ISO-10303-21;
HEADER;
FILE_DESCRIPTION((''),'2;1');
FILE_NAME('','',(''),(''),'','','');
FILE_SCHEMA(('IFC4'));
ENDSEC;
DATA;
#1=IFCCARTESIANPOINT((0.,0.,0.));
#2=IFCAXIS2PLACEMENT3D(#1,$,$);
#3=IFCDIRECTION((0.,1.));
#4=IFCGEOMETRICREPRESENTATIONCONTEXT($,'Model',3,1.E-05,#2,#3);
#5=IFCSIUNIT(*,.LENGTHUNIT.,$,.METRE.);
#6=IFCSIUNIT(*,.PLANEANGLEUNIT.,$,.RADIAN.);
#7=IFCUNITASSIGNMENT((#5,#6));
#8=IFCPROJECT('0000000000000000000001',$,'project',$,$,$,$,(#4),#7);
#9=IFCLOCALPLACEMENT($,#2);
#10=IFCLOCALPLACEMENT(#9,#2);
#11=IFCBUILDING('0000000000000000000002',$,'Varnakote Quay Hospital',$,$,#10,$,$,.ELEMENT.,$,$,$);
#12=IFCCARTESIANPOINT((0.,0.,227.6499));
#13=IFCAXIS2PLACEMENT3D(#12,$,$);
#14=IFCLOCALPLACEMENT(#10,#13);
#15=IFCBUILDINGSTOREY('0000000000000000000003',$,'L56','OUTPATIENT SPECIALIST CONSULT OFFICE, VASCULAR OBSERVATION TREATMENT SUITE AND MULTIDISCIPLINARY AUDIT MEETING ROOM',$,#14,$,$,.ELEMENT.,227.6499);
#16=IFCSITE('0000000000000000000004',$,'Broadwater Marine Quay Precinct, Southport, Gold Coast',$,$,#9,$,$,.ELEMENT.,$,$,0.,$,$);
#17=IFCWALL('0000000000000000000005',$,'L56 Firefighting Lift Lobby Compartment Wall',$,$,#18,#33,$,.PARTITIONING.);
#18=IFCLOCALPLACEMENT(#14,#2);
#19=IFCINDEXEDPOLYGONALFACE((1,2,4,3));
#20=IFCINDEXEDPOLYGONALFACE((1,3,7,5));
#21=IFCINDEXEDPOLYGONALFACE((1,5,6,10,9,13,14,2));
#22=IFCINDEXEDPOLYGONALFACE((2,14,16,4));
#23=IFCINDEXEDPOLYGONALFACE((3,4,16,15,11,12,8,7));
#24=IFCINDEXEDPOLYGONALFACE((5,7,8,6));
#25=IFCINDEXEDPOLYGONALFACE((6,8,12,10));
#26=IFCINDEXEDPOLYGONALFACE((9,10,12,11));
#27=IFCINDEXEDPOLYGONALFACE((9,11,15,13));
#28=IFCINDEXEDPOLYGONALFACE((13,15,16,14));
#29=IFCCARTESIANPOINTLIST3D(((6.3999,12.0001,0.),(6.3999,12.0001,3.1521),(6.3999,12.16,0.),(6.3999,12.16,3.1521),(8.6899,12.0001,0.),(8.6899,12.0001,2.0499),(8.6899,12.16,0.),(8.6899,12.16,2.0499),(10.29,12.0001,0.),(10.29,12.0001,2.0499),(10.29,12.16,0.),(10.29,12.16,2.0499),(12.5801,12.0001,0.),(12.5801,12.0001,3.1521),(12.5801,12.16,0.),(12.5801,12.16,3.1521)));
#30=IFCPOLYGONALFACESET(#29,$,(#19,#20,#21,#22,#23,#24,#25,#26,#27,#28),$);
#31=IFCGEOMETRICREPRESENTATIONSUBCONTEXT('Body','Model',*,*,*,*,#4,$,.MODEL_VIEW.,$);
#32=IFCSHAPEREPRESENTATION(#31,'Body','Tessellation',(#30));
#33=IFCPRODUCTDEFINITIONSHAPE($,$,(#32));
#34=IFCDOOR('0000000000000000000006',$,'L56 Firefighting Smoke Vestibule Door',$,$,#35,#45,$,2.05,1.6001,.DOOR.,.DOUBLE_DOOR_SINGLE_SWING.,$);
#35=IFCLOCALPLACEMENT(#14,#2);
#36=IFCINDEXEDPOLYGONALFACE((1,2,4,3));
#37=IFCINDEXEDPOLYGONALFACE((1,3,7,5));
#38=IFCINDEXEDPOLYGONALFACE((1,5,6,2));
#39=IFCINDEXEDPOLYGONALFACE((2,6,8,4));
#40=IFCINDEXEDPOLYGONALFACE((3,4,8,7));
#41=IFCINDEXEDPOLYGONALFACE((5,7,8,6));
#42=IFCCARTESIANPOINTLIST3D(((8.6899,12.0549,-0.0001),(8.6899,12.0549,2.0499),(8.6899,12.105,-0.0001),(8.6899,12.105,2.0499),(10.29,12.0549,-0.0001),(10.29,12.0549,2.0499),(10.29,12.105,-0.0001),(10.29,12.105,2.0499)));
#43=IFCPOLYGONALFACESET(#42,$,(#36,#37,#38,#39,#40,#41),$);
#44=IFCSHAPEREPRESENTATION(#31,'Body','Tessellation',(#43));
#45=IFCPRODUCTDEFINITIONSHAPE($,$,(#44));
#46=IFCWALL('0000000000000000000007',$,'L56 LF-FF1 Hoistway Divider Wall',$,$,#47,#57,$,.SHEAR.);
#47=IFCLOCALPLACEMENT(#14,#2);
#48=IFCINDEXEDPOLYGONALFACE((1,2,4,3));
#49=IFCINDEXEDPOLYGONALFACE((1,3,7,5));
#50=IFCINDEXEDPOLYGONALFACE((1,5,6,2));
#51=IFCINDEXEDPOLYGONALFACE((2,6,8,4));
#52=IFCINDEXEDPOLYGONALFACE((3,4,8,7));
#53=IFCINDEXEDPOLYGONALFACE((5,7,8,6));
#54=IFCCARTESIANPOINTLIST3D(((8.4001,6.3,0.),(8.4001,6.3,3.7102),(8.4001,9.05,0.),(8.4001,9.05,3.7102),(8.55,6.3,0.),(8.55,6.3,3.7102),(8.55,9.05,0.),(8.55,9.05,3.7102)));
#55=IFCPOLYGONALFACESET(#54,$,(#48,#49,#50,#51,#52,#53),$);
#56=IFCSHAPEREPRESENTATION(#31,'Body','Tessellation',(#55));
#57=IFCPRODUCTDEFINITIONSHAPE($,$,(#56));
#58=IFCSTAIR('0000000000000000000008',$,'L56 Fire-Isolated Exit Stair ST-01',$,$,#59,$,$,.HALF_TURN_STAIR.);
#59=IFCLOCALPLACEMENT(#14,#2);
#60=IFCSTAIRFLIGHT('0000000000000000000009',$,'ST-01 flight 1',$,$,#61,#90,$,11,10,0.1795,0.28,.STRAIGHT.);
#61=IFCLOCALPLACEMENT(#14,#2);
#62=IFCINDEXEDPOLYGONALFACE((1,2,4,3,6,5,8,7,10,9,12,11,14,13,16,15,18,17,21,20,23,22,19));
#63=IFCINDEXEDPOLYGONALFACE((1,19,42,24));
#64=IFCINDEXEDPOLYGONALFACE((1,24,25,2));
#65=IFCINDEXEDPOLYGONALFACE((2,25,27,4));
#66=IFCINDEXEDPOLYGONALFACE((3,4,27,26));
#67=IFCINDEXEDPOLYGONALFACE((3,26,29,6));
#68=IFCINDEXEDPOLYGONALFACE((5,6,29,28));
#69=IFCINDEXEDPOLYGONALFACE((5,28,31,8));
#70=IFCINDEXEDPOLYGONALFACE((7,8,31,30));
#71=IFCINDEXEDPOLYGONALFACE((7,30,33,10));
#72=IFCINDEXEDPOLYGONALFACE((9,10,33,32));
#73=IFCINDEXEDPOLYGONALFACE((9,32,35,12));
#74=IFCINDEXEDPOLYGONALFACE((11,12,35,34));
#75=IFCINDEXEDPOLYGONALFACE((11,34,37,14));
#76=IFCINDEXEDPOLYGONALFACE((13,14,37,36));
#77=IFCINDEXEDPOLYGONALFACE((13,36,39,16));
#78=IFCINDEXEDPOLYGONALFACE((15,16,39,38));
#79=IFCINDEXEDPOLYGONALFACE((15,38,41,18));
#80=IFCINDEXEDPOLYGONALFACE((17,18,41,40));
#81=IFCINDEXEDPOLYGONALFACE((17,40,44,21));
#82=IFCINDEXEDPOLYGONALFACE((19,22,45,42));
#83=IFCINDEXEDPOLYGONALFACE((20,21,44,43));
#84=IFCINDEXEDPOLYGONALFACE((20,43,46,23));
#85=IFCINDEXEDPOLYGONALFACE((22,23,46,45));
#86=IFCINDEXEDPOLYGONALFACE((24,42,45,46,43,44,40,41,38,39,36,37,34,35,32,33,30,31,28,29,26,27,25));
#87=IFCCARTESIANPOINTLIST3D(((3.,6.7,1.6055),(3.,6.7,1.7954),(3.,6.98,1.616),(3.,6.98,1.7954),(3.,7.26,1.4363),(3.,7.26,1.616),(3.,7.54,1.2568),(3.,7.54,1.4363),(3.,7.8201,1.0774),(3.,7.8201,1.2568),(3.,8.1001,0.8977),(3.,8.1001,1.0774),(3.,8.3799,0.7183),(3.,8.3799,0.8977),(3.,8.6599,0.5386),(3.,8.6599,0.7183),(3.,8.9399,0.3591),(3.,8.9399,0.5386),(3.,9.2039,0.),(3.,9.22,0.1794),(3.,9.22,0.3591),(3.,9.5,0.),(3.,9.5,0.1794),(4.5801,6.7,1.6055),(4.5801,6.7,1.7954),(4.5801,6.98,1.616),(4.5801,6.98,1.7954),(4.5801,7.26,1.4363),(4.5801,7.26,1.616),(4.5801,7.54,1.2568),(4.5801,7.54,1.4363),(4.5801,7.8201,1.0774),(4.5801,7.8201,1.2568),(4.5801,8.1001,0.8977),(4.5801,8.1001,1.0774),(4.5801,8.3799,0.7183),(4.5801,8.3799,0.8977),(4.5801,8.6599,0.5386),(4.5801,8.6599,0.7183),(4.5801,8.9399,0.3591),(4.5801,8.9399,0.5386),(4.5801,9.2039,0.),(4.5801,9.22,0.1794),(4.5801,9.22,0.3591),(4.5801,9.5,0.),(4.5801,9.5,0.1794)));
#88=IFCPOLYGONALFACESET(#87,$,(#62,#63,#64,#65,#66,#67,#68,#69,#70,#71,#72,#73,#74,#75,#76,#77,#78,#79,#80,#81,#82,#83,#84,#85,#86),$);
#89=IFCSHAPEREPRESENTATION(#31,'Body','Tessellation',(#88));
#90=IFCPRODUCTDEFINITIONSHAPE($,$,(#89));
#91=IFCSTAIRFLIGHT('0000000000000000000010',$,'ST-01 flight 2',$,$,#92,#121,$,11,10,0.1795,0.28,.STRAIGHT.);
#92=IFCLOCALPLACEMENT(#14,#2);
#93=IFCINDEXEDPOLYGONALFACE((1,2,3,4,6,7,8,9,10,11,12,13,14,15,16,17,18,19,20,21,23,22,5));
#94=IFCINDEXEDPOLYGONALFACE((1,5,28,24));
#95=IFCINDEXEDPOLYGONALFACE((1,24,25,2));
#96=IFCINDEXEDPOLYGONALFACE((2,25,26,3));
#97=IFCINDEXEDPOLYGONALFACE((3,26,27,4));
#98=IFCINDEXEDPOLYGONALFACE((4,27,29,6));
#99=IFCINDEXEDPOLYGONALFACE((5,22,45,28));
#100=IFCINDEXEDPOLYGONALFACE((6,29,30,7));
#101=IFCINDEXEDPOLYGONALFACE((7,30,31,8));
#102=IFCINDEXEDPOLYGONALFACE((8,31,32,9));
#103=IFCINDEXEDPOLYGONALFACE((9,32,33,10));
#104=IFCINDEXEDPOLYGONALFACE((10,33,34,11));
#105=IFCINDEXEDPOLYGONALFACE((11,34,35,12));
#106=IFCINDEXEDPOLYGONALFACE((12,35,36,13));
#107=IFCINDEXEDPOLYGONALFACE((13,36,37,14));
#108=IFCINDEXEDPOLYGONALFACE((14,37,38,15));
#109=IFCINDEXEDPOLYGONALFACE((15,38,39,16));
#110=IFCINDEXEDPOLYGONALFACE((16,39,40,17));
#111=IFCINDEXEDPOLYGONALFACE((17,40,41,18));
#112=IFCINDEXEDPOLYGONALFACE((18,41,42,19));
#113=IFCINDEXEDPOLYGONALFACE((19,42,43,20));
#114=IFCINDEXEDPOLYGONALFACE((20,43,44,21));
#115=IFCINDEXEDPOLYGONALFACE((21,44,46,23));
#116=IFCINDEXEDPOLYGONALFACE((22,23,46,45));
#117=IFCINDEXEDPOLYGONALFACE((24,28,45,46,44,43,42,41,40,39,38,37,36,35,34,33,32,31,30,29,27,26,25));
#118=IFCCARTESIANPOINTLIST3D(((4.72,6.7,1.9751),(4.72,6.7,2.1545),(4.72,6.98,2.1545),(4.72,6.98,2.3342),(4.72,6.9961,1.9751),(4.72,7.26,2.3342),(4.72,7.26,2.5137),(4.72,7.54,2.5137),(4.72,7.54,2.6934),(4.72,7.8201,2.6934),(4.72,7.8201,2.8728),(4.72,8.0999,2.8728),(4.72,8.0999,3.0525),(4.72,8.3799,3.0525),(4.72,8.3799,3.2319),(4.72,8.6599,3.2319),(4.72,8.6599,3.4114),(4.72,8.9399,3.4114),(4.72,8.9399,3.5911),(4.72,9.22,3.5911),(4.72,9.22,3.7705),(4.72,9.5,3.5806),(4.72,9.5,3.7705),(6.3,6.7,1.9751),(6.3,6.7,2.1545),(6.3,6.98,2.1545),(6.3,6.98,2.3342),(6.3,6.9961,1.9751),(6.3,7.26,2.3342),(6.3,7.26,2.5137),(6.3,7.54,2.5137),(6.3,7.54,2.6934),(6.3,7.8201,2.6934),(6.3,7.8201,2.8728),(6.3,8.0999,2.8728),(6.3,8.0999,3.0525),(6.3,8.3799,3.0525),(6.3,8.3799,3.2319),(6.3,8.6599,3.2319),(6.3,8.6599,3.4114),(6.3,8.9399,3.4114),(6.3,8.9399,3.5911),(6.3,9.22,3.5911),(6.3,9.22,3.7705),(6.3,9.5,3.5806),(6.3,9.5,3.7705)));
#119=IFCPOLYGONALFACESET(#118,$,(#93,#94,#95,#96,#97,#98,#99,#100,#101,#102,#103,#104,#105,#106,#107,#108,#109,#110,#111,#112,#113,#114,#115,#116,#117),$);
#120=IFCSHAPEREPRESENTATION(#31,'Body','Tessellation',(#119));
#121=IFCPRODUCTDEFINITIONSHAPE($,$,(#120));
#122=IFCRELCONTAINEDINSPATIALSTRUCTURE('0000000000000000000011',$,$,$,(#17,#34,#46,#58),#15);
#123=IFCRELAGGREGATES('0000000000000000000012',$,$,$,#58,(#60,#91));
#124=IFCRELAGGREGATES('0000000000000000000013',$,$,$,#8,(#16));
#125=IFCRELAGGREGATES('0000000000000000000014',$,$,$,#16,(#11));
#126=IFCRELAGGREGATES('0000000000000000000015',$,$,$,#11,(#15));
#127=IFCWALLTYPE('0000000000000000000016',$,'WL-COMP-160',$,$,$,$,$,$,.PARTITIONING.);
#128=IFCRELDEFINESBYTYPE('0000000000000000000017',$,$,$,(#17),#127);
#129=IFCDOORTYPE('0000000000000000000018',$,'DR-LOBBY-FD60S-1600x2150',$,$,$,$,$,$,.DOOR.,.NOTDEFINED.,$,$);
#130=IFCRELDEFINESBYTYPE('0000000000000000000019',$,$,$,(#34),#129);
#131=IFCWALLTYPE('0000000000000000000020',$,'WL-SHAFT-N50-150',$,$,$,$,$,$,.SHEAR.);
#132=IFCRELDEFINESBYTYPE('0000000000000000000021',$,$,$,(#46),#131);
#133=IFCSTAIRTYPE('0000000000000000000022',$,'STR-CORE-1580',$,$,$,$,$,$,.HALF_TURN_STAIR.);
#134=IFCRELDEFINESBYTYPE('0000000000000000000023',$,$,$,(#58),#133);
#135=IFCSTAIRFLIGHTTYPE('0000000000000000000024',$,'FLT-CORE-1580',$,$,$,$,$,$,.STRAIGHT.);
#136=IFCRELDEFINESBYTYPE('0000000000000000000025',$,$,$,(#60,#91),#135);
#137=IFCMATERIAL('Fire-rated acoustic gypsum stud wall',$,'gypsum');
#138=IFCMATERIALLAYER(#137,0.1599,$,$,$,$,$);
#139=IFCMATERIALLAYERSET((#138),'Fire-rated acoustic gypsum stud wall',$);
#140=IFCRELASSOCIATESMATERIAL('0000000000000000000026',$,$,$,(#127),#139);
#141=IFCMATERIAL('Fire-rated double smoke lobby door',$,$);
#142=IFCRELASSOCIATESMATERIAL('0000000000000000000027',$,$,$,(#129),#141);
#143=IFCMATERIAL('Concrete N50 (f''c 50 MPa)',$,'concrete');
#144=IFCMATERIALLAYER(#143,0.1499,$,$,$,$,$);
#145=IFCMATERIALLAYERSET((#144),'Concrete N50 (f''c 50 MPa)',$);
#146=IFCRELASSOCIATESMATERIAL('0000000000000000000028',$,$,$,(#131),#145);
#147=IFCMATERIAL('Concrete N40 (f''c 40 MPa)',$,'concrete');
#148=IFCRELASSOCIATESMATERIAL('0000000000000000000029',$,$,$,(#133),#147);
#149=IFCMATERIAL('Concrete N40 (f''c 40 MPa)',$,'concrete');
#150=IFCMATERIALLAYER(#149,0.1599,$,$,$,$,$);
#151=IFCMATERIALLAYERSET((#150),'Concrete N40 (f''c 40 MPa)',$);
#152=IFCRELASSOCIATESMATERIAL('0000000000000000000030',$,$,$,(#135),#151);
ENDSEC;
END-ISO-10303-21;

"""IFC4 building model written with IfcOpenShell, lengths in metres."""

from ifc_helpers import new_model, si_unit, direction, frame, frame_2d, origin, place, context, subcontext, project, spatial, polyline, rectangle, outline, extrude, material, layer, layer_set, type_object, element, fill, aggregate, save


model = new_model("IFC4")

# Units and contexts
model_context = context("Model", 3, precision=1e-05, world=origin(), true_north=direction((0.0, 1.0)))
body_context = subcontext(model_context, "Body", "Model", "MODEL_VIEW")
ifc_project = project(units=[si_unit("LENGTHUNIT", "METRE"), si_unit("PLANEANGLEUNIT", "RADIAN")], contexts=[model_context])

# Site, building, storey
site_placement = place(None, origin())
site = spatial("IfcSite", under=ifc_project, at=site_placement, Name="Broadwater Marine Quay Precinct, Southport, Gold Coast", CompositionType="ELEMENT", RefElevation=0.0)
building_placement = place(site_placement, origin())
building = spatial("IfcBuilding", under=site, at=building_placement, Name="Varnakote Quay Hospital", CompositionType="ELEMENT")
storey_placement = place(building_placement, frame((0.0, 0.0, 227.6499)))
storey = spatial("IfcBuildingStorey", under=building, at=storey_placement, Name="L56", Description="OUTPATIENT SPECIALIST CONSULT OFFICE, VASCULAR OBSERVATION TREATMENT SUITE AND MULTIDISCIPLINARY AUDIT MEETING ROOM", CompositionType="ELEMENT", Elevation=227.6499)

# Shared definitions
ifc_material_1 = material(Name="Fire-rated acoustic gypsum stud wall", Category="gypsum")
ifc_layer_1 = layer(ifc_material_1, 0.1599)
ifc_layer_set_1 = layer_set([ifc_layer_1], Name="Fire-rated acoustic gypsum stud wall")
wall_type_1 = type_object("IfcWallType", Name="WL-COMP-160", PredefinedType="PARTITIONING", material=ifc_layer_set_1)

# Shared definitions
ifc_material_2 = material(Name="Fire-rated double smoke lobby door")
door_type_1 = type_object("IfcDoorType", Name="DR-LOBBY-FD60S-1600x2150", OperationType="NOTDEFINED", PredefinedType="DOOR", material=ifc_material_2)

# Wall, opening, door
wall_1_placement = place(storey_placement, frame((6.3999, 12.0801, 0.0), z_axis=(0.0, 0.0, 1.0), x_axis=(1.0, 0.0, 0.0)))
wall_1 = element("IfcWall", 1, at=wall_1_placement, inside=storey, type_object=wall_type_1, Name="L56 Firefighting Lift Lobby Compartment Wall", PredefinedType="PARTITIONING", context=body_context, shape_type="SweptSolid", body=[
    extrude(rectangle(XDim=6.1802, YDim=0.1599, at=frame_2d((3.0901, 0.0))), origin(), (0.0, 0.0, 1.0), 3.1521),
])
opening_1_placement = place(wall_1_placement, frame((2.29, 0.0, 0.0)))
opening_1 = element("IfcOpeningElement", 2, at=opening_1_placement, cuts=wall_1, PredefinedType="OPENING", context=body_context, shape_type="SweptSolid", body=[
    extrude(rectangle(XDim=1.6001, YDim=2.05, at=frame_2d((0.8, 1.0249))), frame((0.0, 0.0898, 0.0), z_axis=(0.0, -1.0, 0.0), x_axis=(1.0, 0.0, 0.0)), (0.0, 0.0, 1.0), 0.1799),
])
door_1_placement = place(opening_1_placement, origin())
door_1 = element("IfcDoor", 3, at=door_1_placement, inside=storey, type_object=door_type_1, Name="L56 Firefighting Smoke Vestibule Door", OperationType="DOUBLE_DOOR_SINGLE_SWING", OverallHeight=2.05, OverallWidth=1.6001, PredefinedType="DOOR", context=body_context, shape_type="SweptSolid", body=[
    extrude(rectangle(XDim=1.6001, YDim=2.05, at=frame_2d((0.8, 1.0249))), frame((0.0, 0.0249, 0.0), z_axis=(0.0, -1.0, 0.0), x_axis=(1.0, 0.0, 0.0)), (0.0, 0.0, 1.0), 0.05),
])
fill(opening_1, door_1)

# Wall
ifc_material_3 = material(Name="Concrete N50 (f'c 50 MPa)", Category="concrete")
ifc_layer_2 = layer(ifc_material_3, 0.1499)
ifc_layer_set_2 = layer_set([ifc_layer_2], Name="Concrete N50 (f'c 50 MPa)")
wall_type_2 = type_object("IfcWallType", Name="WL-SHAFT-N50-150", PredefinedType="SHEAR", material=ifc_layer_set_2)
wall_2_placement = place(storey_placement, frame((8.4751, 6.3, 0.0), z_axis=(0.0, 0.0, 1.0), x_axis=(0.0, 1.0, 0.0)))
element("IfcWall", 4, at=wall_2_placement, inside=storey, type_object=wall_type_2, Name="L56 LF-FF1 Hoistway Divider Wall", PredefinedType="SHEAR", context=body_context, shape_type="SweptSolid", body=[
    extrude(rectangle(XDim=2.75, YDim=0.1499, at=frame_2d((1.375, 0.0))), origin(), (0.0, 0.0, 1.0), 3.7102),
])

# Stair, stair flights
ifc_material_4 = material(Name="Concrete N40 (f'c 40 MPa)", Category="concrete")
stair_type = type_object("IfcStairType", Name="STR-CORE-1580", PredefinedType="HALF_TURN_STAIR", material=ifc_material_4)
stair_placement = place(storey_placement, origin())
stair = element("IfcStair", 5, at=stair_placement, inside=storey, type_object=stair_type, Name="L56 Fire-Isolated Exit Stair ST-01", PredefinedType="HALF_TURN_STAIR")
ifc_material_5 = material(Name="Concrete N40 (f'c 40 MPa)", Category="concrete")
ifc_layer_3 = layer(ifc_material_5, 0.1599)
ifc_layer_set_3 = layer_set([ifc_layer_3], Name="Concrete N40 (f'c 40 MPa)")
stair_flight_type = type_object("IfcStairFlightType", Name="FLT-CORE-1580", PredefinedType="STRAIGHT", material=ifc_layer_set_3)
stair_flight_1_placement = place(storey_placement, frame((3.79, 9.5, 0.0), z_axis=(0.0, 0.0, 1.0), x_axis=(0.0, -1.0, 0.0)))
stair_flight_1 = element("IfcStairFlight", 6, at=stair_flight_1_placement, type_object=stair_flight_type, Name="ST-01 flight 1", NumberOfRisers=11, NumberOfTreads=10, PredefinedType="STRAIGHT", RiserHeight=0.1795, TreadLength=0.28, context=body_context, shape_type="SweptSolid", body=[
    extrude(outline(polyline([(0.0, 0.0), (0.0, 0.1794), (0.28, 0.1794), (0.28, 0.3591), (0.5601, 0.3591), (0.5601, 0.5386), (0.8401, 0.5386), (0.8401, 0.7183), (1.1201, 0.7183), (1.1201, 0.8977), (1.3999, 0.8977), (1.3999, 1.0774), (1.6799, 1.0774), (1.6799, 1.2568), (1.96, 1.2568), (1.96, 1.4363), (2.24, 1.4363), (2.24, 1.616), (2.52, 1.616), (2.52, 1.7954), (2.8, 1.7954), (2.8, 1.9751), (2.8, 1.6055), (0.2961, 0.0), (0.0, 0.0)])), frame((0.0, 0.79, 0.0), z_axis=(0.0, -1.0, 0.0), x_axis=(1.0, 0.0, 0.0)), (0.0, 0.0, 1.0), 1.5801),
])
stair_flight_2_placement = place(storey_placement, frame((5.51, 6.7, 1.9751), z_axis=(0.0, 0.0, 1.0), x_axis=(0.0, 1.0, 0.0)))
stair_flight_2 = element("IfcStairFlight", 7, at=stair_flight_2_placement, type_object=stair_flight_type, Name="ST-01 flight 2", NumberOfRisers=11, NumberOfTreads=10, PredefinedType="STRAIGHT", RiserHeight=0.1795, TreadLength=0.28, context=body_context, shape_type="SweptSolid", body=[
    extrude(outline(polyline([(0.0, 0.0), (0.0, 0.1794), (0.28, 0.1794), (0.28, 0.3591), (0.5601, 0.3591), (0.5601, 0.5386), (0.8401, 0.5386), (0.8401, 0.7183), (1.1201, 0.7183), (1.1201, 0.8977), (1.3999, 0.8977), (1.3999, 1.0774), (1.6799, 1.0774), (1.6799, 1.2568), (1.96, 1.2568), (1.96, 1.4363), (2.24, 1.4363), (2.24, 1.616), (2.52, 1.616), (2.52, 1.7954), (2.8, 1.7954), (2.8, 1.9751), (2.8, 1.6055), (0.2961, 0.0), (0.0, 0.0)])), frame((0.0, 0.79, 0.0), z_axis=(0.0, -1.0, 0.0), x_axis=(1.0, 0.0, 0.0)), (0.0, 0.0, 1.0), 1.5801),
])
aggregate(stair, [stair_flight_1, stair_flight_2])

save(model, "model.ifc")
